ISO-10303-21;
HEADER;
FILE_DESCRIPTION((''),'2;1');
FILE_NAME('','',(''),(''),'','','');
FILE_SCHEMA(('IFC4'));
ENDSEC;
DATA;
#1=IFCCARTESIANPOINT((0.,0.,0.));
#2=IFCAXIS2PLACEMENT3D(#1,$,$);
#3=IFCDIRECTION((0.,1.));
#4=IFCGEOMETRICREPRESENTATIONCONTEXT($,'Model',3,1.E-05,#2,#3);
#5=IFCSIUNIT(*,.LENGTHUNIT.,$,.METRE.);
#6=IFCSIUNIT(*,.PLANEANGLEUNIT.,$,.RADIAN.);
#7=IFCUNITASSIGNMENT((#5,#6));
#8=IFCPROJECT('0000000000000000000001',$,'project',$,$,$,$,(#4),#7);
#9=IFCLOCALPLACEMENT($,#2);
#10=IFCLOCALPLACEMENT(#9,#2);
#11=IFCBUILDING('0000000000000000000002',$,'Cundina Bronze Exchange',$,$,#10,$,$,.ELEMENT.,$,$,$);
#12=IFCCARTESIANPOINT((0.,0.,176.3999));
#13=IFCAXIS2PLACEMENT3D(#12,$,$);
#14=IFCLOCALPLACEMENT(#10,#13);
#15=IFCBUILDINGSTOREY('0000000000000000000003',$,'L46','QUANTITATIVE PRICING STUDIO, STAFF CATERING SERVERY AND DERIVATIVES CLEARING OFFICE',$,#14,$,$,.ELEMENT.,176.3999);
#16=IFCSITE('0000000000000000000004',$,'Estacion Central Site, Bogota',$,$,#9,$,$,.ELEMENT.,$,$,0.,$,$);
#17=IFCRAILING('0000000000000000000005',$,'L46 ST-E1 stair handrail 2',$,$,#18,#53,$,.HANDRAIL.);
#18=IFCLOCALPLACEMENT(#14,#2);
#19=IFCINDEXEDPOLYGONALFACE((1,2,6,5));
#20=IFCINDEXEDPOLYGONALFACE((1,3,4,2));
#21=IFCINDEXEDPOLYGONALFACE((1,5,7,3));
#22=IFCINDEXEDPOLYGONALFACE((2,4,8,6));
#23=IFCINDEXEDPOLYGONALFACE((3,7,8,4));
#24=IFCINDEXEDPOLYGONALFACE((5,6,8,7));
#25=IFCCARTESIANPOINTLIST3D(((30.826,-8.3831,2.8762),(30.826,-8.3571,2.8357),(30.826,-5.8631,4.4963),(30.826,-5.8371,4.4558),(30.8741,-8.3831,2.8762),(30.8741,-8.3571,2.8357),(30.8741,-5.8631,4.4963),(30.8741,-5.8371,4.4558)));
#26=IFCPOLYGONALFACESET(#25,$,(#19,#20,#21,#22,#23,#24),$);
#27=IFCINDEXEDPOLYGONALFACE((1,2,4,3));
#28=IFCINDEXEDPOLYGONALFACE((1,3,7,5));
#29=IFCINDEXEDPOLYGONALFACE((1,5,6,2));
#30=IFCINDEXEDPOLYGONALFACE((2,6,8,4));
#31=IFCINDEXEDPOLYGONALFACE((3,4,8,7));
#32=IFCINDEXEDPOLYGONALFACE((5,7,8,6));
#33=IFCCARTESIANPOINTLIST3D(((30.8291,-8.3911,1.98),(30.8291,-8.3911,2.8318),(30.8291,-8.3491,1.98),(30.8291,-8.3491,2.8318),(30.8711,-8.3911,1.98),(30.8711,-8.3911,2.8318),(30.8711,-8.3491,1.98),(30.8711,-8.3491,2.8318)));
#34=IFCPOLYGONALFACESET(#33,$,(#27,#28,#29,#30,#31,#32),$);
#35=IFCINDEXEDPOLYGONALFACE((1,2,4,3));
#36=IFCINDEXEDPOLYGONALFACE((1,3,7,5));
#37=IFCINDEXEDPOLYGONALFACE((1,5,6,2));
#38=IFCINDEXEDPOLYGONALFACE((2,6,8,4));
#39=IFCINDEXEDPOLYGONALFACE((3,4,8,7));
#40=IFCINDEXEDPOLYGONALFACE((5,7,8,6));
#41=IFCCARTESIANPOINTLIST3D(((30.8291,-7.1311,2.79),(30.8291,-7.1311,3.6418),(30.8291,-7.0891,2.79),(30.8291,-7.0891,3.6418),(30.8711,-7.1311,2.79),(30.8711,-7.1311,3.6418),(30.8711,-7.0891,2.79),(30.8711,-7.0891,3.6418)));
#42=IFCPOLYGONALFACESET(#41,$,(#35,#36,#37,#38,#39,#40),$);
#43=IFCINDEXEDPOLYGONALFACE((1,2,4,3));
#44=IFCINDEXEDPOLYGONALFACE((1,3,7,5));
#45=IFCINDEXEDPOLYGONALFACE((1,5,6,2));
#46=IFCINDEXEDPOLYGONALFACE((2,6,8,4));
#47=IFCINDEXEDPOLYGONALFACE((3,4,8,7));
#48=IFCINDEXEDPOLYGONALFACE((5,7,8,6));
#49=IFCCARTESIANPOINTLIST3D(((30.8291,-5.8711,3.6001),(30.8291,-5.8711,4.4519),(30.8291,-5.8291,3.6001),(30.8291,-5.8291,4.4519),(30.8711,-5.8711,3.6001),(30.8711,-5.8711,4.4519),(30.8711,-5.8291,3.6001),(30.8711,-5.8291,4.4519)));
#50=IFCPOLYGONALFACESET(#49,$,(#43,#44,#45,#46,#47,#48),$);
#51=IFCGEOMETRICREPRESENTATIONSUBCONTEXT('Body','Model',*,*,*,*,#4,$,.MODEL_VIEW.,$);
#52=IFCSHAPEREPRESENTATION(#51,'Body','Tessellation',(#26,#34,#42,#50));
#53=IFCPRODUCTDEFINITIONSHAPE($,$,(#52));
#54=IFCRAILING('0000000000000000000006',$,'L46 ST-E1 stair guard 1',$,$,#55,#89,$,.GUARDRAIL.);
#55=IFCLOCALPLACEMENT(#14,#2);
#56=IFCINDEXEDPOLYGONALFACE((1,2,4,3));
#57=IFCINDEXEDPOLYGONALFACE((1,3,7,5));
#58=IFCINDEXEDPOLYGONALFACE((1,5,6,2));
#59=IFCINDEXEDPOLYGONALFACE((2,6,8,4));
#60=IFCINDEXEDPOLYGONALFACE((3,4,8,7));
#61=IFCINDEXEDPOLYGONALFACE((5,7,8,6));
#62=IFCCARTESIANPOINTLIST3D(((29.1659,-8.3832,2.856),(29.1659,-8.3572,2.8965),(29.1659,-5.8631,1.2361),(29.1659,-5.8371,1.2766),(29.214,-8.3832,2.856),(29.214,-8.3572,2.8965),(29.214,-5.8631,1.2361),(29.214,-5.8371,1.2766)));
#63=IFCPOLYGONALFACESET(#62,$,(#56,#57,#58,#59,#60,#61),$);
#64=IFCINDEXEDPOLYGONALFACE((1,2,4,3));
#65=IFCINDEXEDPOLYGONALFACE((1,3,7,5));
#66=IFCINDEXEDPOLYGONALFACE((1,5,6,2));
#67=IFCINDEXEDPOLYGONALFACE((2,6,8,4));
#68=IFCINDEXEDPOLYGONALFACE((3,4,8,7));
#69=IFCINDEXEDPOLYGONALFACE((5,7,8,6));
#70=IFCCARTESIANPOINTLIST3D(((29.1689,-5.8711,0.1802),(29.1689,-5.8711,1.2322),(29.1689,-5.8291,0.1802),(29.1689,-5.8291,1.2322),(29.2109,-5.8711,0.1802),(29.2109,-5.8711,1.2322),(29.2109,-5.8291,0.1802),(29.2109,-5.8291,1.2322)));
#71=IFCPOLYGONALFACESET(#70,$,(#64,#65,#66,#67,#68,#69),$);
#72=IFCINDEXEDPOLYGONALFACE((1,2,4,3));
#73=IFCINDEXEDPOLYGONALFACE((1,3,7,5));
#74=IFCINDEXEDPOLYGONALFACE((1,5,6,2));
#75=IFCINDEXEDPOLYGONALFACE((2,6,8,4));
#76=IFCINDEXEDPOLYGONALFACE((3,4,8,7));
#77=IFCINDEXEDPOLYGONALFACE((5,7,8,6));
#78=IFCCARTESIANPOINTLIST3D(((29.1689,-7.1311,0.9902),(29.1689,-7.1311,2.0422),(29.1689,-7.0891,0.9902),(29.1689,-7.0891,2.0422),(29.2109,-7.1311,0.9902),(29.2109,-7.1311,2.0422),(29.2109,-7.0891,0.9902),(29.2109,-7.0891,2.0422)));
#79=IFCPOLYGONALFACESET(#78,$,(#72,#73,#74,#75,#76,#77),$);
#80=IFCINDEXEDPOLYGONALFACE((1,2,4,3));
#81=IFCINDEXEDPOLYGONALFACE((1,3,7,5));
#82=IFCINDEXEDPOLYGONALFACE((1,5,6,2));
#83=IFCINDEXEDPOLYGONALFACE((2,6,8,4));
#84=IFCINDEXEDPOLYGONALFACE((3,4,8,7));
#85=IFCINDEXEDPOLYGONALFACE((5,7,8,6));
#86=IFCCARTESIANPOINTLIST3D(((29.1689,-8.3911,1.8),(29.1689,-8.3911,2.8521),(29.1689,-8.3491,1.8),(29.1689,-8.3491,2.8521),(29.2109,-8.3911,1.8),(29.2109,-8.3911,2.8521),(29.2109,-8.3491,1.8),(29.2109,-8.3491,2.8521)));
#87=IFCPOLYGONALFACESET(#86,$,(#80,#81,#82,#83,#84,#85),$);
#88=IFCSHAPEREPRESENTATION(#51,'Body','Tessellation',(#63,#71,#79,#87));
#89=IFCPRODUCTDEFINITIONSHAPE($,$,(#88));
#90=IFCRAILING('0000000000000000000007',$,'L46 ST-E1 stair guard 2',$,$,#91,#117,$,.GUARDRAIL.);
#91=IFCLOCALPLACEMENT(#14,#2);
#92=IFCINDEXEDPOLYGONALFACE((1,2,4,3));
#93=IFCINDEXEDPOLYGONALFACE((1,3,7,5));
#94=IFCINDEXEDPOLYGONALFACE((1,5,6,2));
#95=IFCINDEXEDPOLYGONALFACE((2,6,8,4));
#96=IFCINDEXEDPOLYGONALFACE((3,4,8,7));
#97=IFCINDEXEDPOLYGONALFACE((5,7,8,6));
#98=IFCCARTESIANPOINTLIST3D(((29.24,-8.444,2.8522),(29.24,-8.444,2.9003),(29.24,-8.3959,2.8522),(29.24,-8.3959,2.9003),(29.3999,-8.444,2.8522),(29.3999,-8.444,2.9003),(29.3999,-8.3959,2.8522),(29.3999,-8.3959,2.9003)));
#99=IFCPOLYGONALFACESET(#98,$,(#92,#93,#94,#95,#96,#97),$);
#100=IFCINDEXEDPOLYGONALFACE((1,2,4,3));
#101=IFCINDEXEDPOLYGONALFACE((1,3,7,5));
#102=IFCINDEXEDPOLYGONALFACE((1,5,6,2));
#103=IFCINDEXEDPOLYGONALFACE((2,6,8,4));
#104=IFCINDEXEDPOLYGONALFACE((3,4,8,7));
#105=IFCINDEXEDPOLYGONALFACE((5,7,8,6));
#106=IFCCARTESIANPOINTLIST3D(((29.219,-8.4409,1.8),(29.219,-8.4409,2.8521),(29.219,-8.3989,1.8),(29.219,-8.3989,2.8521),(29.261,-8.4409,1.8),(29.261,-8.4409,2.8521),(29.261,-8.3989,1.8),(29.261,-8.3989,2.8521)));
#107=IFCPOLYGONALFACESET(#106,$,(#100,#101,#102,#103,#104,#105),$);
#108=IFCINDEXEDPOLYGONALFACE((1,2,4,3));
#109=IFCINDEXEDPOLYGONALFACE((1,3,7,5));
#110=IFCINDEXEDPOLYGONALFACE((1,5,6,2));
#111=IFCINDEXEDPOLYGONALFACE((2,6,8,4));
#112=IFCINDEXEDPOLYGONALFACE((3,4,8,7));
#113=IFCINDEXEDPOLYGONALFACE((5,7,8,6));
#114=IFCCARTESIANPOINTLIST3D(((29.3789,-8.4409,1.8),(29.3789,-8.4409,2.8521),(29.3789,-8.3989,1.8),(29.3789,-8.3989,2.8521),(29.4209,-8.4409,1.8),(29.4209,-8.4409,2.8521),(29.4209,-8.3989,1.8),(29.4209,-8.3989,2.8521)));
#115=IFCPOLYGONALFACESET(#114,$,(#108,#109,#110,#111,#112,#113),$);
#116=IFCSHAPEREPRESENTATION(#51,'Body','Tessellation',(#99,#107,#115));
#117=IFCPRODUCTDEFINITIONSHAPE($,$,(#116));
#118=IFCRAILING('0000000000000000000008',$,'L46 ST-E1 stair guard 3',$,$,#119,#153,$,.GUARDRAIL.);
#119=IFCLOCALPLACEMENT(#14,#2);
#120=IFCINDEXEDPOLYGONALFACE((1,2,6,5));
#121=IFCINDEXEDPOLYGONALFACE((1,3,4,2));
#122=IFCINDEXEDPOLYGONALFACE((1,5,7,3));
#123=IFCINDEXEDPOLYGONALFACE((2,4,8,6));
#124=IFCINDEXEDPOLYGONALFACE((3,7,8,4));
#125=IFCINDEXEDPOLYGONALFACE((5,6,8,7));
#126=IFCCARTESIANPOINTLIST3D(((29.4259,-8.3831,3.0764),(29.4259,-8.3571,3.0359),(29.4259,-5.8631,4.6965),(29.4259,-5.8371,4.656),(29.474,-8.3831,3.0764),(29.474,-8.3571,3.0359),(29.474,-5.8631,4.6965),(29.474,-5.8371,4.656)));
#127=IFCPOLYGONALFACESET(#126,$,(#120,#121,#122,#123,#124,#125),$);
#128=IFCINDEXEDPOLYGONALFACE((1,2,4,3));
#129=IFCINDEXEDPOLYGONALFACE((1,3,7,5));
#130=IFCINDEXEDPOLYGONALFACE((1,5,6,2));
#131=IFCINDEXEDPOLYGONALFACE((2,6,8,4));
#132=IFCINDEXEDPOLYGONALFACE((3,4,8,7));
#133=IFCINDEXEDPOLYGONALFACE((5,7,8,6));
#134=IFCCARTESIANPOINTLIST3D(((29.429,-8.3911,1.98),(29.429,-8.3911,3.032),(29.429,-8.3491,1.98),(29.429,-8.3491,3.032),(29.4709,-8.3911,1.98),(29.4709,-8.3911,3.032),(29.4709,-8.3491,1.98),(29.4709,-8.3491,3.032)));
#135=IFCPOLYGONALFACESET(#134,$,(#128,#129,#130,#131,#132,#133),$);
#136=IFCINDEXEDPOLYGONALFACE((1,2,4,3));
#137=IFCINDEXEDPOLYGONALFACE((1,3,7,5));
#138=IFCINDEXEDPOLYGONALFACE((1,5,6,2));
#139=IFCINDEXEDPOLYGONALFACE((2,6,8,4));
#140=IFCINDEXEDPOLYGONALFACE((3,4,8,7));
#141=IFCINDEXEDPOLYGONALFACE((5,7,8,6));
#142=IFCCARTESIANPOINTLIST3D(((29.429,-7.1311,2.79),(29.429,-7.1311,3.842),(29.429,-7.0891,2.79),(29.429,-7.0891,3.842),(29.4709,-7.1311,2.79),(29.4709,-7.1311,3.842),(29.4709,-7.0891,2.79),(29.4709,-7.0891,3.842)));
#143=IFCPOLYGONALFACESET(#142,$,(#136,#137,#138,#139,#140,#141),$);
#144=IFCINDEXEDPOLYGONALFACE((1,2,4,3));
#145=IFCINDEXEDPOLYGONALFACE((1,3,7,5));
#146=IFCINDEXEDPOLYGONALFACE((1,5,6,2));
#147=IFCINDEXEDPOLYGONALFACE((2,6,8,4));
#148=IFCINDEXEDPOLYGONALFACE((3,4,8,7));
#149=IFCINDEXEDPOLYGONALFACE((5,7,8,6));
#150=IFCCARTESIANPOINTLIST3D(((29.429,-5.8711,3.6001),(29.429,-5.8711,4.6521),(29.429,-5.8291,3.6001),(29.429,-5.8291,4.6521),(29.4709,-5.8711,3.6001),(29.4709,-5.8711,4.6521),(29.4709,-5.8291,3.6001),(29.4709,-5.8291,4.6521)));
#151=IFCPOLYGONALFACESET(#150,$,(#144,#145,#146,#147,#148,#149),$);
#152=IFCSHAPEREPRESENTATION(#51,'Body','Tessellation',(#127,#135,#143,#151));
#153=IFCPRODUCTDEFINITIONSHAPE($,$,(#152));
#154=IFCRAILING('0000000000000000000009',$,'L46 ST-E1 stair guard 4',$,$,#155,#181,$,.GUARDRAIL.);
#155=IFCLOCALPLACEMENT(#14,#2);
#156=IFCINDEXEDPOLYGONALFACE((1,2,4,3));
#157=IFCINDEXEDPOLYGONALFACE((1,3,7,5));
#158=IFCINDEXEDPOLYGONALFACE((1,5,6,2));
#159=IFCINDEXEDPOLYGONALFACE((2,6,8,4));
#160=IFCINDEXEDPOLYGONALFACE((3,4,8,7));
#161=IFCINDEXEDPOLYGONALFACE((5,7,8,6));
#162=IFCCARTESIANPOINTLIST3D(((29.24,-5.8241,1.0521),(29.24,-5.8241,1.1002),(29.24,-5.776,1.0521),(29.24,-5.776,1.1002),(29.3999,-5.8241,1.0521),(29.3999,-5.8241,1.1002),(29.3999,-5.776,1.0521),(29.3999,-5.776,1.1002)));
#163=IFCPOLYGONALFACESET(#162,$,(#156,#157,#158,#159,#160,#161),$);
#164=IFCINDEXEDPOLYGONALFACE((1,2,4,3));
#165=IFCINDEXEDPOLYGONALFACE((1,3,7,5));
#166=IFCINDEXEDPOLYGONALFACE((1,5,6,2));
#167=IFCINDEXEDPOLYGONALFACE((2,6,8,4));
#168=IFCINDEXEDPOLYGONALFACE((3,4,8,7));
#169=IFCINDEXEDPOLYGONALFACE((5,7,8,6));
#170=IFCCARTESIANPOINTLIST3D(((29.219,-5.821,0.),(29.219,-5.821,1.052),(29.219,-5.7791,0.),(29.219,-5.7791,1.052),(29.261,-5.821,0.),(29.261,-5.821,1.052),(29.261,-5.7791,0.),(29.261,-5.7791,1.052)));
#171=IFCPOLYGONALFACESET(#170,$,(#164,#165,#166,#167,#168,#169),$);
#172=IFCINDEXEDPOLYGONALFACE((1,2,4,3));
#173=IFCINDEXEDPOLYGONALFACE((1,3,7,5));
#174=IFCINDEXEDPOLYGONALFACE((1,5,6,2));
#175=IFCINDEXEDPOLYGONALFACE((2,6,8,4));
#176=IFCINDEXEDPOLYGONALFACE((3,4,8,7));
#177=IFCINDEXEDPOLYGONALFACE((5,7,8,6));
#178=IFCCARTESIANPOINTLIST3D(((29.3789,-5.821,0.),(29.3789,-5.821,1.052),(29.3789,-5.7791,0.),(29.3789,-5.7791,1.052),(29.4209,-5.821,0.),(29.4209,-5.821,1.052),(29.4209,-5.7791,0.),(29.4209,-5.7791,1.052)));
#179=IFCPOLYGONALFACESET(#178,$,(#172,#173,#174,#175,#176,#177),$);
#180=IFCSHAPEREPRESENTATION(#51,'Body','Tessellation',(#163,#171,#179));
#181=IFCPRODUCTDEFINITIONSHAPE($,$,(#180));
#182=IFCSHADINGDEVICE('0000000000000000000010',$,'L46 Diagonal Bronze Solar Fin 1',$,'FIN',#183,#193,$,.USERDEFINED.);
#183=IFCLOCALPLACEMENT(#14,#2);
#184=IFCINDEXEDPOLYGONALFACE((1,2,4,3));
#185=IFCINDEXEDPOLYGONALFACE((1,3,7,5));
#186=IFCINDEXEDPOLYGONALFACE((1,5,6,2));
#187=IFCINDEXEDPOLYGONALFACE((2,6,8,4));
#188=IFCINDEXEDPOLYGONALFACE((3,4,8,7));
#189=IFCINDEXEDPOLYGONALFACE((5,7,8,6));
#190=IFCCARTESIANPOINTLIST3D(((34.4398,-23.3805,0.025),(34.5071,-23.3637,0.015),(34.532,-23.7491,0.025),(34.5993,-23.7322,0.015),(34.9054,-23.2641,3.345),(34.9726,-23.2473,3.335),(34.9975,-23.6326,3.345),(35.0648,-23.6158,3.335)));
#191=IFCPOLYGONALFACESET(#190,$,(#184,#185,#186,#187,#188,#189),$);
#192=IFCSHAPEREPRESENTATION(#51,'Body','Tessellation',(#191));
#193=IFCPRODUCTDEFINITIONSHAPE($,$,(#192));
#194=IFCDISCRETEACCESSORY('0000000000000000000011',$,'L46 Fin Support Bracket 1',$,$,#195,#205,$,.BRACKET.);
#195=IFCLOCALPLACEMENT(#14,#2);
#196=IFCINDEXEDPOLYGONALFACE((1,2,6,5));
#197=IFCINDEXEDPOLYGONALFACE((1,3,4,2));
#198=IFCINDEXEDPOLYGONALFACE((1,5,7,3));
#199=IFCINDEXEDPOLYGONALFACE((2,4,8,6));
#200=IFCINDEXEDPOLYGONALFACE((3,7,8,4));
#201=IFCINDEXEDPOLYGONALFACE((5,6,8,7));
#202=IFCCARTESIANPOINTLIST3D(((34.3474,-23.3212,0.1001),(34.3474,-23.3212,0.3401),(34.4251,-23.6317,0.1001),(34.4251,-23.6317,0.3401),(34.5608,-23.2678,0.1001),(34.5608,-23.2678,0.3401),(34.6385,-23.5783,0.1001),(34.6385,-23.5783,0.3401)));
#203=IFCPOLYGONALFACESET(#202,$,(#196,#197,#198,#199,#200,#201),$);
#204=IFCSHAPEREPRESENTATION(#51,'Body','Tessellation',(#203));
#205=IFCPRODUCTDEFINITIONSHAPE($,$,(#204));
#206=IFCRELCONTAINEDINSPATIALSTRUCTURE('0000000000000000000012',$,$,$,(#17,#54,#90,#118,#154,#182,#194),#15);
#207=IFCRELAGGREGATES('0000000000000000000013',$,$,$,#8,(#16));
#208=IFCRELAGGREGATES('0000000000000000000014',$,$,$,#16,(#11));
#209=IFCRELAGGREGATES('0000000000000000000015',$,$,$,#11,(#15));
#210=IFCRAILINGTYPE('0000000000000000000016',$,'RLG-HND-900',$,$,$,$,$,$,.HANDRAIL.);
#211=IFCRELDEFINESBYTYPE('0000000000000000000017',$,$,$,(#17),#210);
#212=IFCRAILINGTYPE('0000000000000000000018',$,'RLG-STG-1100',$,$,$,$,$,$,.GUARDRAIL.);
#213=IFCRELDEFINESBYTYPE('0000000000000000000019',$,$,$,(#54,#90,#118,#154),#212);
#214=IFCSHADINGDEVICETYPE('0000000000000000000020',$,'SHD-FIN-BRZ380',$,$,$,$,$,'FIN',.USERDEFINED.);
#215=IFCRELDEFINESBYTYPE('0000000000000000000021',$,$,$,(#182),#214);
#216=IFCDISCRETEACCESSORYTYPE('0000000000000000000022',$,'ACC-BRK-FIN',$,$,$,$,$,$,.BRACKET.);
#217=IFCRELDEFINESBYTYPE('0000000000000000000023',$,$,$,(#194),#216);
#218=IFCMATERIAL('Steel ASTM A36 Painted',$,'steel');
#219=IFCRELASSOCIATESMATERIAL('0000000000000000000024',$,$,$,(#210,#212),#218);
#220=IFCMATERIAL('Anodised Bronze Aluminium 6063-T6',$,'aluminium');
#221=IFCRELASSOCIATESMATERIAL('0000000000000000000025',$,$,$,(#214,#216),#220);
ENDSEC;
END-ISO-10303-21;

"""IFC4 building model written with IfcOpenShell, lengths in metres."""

from ifc_helpers import new_model, si_unit, direction, frame, origin, origin_2d, place, context, subcontext, project, spatial, rectangle, extrude, material, material_profile, profile_set, type_object, element, save


model = new_model("IFC4")

# Units and contexts
model_context = context("Model", 3, precision=1e-05, world=origin(), true_north=direction((0.0, 1.0)))
body_context = subcontext(model_context, "Body", "Model", "MODEL_VIEW")
ifc_project = project(units=[si_unit("LENGTHUNIT", "METRE"), si_unit("PLANEANGLEUNIT", "RADIAN")], contexts=[model_context])

# Site, building, storey
site_placement = place(None, origin())
site = spatial("IfcSite", under=ifc_project, at=site_placement, Name="Estacion Central Site, Bogota", CompositionType="ELEMENT", RefElevation=0.0)
building_placement = place(site_placement, origin())
building = spatial("IfcBuilding", under=site, at=building_placement, Name="Cundina Bronze Exchange", CompositionType="ELEMENT")
storey_placement = place(building_placement, frame((0.0, 0.0, 176.3999)))
storey = spatial("IfcBuildingStorey", under=building, at=storey_placement, Name="L46", Description="QUANTITATIVE PRICING STUDIO, STAFF CATERING SERVERY AND DERIVATIVES CLEARING OFFICE", CompositionType="ELEMENT", Elevation=176.3999)

# Shared definitions
ifc_material_1 = material(Name="Anodised Bronze Aluminium 6063-T6", Category="aluminium")

# Railings
ifc_material_2 = material(Name="Steel ASTM A36 Painted", Category="steel")
railing_type_1 = type_object("IfcRailingType", Name="RLG-HND-900", PredefinedType="HANDRAIL", material=ifc_material_2)
railing_1_placement = place(storey_placement, frame((30.8501, -8.3701, 1.98)))
element("IfcRailing", 1, at=railing_1_placement, inside=storey, type_object=railing_type_1, Name="L46 ST-E1 stair handrail 2", PredefinedType="HANDRAIL", context=body_context, shape_type="SweptSolid", body=[
    extrude(rectangle(XDim=0.0481, YDim=0.0481, at=origin_2d()), frame((0.0, 0.0, 0.876), z_axis=(0.0, 0.841163, 0.540782), x_axis=(-1.0, 0.0, 0.0)), (0.0, 0.0, 1.0), 2.9958),
    extrude(rectangle(XDim=0.042, YDim=0.042, at=origin_2d()), origin(), (0.0, 0.0, 1.0), 0.8518),
    extrude(rectangle(XDim=0.042, YDim=0.042, at=origin_2d()), frame((0.0, 1.26, 0.8101)), (0.0, 0.0, 1.0), 0.8518),
    extrude(rectangle(XDim=0.042, YDim=0.042, at=origin_2d()), frame((0.0, 2.52, 1.6201)), (0.0, 0.0, 1.0), 0.8518),
])
railing_type_2 = type_object("IfcRailingType", Name="RLG-STG-1100", PredefinedType="GUARDRAIL", material=ifc_material_2)
railing_2_placement = place(storey_placement, frame((29.1899, -5.8501, 0.1802)))
element("IfcRailing", 2, at=railing_2_placement, inside=storey, type_object=railing_type_2, Name="L46 ST-E1 stair guard 1", PredefinedType="GUARDRAIL", context=body_context, shape_type="SweptSolid", body=[
    extrude(rectangle(XDim=0.0481, YDim=0.0481, at=origin_2d()), frame((0.0, 0.0, 1.0762), z_axis=(0.0, -0.8412, 0.540725), x_axis=(1.0, 0.0, 0.0)), (0.0, 0.0, 1.0), 2.9958),
    extrude(rectangle(XDim=0.042, YDim=0.042, at=origin_2d()), origin(), (0.0, 0.0, 1.0), 1.052),
    extrude(rectangle(XDim=0.042, YDim=0.042, at=origin_2d()), frame((0.0, -1.26, 0.8101)), (0.0, 0.0, 1.0), 1.052),
    extrude(rectangle(XDim=0.042, YDim=0.042, at=origin_2d()), frame((0.0, -2.52, 1.6199)), (0.0, 0.0, 1.0), 1.052),
])
railing_3_placement = place(storey_placement, frame((29.24, -8.4199, 1.8)))
element("IfcRailing", 3, at=railing_3_placement, inside=storey, type_object=railing_type_2, Name="L46 ST-E1 stair guard 2", PredefinedType="GUARDRAIL", context=body_context, shape_type="SweptSolid", body=[
    extrude(rectangle(XDim=0.0481, YDim=0.0481, at=origin_2d()), frame((0.0, 0.0, 1.0762), z_axis=(1.0, 0.0, 0.0), x_axis=(0.0, 1.0, 0.0)), (0.0, 0.0, 1.0), 0.1599),
    extrude(rectangle(XDim=0.042, YDim=0.042, at=origin_2d()), origin(), (0.0, 0.0, 1.0), 1.052),
    extrude(rectangle(XDim=0.042, YDim=0.042, at=origin_2d()), frame((0.1599, 0.0, 0.0)), (0.0, 0.0, 1.0), 1.052),
])
railing_4_placement = place(storey_placement, frame((29.45, -8.3701, 1.98)))
element("IfcRailing", 4, at=railing_4_placement, inside=storey, type_object=railing_type_2, Name="L46 ST-E1 stair guard 3", PredefinedType="GUARDRAIL", context=body_context, shape_type="SweptSolid", body=[
    extrude(rectangle(XDim=0.0481, YDim=0.0481, at=origin_2d()), frame((0.0, 0.0, 1.0762), z_axis=(0.0, 0.841163, 0.540782), x_axis=(-1.0, 0.0, 0.0)), (0.0, 0.0, 1.0), 2.9958),
    extrude(rectangle(XDim=0.042, YDim=0.042, at=origin_2d()), origin(), (0.0, 0.0, 1.0), 1.052),
    extrude(rectangle(XDim=0.042, YDim=0.042, at=origin_2d()), frame((0.0, 1.26, 0.8101)), (0.0, 0.0, 1.0), 1.052),
    extrude(rectangle(XDim=0.042, YDim=0.042, at=origin_2d()), frame((0.0, 2.52, 1.6201)), (0.0, 0.0, 1.0), 1.052),
])
railing_5_placement = place(storey_placement, frame((29.24, -5.8, 0.0)))
element("IfcRailing", 5, at=railing_5_placement, inside=storey, type_object=railing_type_2, Name="L46 ST-E1 stair guard 4", PredefinedType="GUARDRAIL", context=body_context, shape_type="SweptSolid", body=[
    extrude(rectangle(XDim=0.0481, YDim=0.0481, at=origin_2d()), frame((0.0, 0.0, 1.0762), z_axis=(1.0, 0.0, 0.0), x_axis=(0.0, 1.0, 0.0)), (0.0, 0.0, 1.0), 0.1599),
    extrude(rectangle(XDim=0.042, YDim=0.042, at=origin_2d()), origin(), (0.0, 0.0, 1.0), 1.052),
    extrude(rectangle(XDim=0.042, YDim=0.042, at=origin_2d()), frame((0.1599, 0.0, 0.0)), (0.0, 0.0, 1.0), 1.052),
])

# Shading device
ifc_material_profile_1 = material_profile(ifc_material_1, rectangle(XDim=0.0701, YDim=0.3799, at=origin_2d()), Name="FIN70X380", Category="aluminium")
ifc_profile_set_1 = profile_set([ifc_material_profile_1], Name="Anodised Bronze Aluminium 6063-T6")
shading_device_type = type_object("IfcShadingDeviceType", Name="SHD-FIN-BRZ380", ElementType="FIN", PredefinedType="USERDEFINED", material=ifc_profile_set_1)
shading_device_placement = place(storey_placement, frame((34.5195, -23.5564, 0.02), z_axis=(0.138788, 0.034715, 0.989713), x_axis=(-0.960133, -0.240159, 0.143064)))
element("IfcShadingDevice", 6, at=shading_device_placement, inside=storey, type_object=shading_device_type, Name="L46 Diagonal Bronze Solar Fin 1", ObjectType="FIN", PredefinedType="USERDEFINED", context=body_context, shape_type="SweptSolid", body=[
    extrude(rectangle(XDim=0.0701, YDim=0.3799, at=origin_2d()), origin(), (0.0, 0.0, 1.0), 3.3545),
])

# Discrete accessory
discrete_accessory_type = type_object("IfcDiscreteAccessoryType", Name="ACC-BRK-FIN", PredefinedType="BRACKET", material=ifc_material_1)
discrete_accessory_placement = place(storey_placement, frame((34.4929, -23.4497, 0.1001), z_axis=(0.0, 0.0, 1.0), x_axis=(0.970093, 0.242735, 0.0)))
element("IfcDiscreteAccessory", 7, at=discrete_accessory_placement, inside=storey, type_object=discrete_accessory_type, Name="L46 Fin Support Bracket 1", PredefinedType="BRACKET", context=body_context, shape_type="SweptSolid", body=[
    extrude(rectangle(XDim=0.22, YDim=0.3201, at=origin_2d()), origin(), (0.0, 0.0, 1.0), 0.24),
])

save(model, "model.ifc")
